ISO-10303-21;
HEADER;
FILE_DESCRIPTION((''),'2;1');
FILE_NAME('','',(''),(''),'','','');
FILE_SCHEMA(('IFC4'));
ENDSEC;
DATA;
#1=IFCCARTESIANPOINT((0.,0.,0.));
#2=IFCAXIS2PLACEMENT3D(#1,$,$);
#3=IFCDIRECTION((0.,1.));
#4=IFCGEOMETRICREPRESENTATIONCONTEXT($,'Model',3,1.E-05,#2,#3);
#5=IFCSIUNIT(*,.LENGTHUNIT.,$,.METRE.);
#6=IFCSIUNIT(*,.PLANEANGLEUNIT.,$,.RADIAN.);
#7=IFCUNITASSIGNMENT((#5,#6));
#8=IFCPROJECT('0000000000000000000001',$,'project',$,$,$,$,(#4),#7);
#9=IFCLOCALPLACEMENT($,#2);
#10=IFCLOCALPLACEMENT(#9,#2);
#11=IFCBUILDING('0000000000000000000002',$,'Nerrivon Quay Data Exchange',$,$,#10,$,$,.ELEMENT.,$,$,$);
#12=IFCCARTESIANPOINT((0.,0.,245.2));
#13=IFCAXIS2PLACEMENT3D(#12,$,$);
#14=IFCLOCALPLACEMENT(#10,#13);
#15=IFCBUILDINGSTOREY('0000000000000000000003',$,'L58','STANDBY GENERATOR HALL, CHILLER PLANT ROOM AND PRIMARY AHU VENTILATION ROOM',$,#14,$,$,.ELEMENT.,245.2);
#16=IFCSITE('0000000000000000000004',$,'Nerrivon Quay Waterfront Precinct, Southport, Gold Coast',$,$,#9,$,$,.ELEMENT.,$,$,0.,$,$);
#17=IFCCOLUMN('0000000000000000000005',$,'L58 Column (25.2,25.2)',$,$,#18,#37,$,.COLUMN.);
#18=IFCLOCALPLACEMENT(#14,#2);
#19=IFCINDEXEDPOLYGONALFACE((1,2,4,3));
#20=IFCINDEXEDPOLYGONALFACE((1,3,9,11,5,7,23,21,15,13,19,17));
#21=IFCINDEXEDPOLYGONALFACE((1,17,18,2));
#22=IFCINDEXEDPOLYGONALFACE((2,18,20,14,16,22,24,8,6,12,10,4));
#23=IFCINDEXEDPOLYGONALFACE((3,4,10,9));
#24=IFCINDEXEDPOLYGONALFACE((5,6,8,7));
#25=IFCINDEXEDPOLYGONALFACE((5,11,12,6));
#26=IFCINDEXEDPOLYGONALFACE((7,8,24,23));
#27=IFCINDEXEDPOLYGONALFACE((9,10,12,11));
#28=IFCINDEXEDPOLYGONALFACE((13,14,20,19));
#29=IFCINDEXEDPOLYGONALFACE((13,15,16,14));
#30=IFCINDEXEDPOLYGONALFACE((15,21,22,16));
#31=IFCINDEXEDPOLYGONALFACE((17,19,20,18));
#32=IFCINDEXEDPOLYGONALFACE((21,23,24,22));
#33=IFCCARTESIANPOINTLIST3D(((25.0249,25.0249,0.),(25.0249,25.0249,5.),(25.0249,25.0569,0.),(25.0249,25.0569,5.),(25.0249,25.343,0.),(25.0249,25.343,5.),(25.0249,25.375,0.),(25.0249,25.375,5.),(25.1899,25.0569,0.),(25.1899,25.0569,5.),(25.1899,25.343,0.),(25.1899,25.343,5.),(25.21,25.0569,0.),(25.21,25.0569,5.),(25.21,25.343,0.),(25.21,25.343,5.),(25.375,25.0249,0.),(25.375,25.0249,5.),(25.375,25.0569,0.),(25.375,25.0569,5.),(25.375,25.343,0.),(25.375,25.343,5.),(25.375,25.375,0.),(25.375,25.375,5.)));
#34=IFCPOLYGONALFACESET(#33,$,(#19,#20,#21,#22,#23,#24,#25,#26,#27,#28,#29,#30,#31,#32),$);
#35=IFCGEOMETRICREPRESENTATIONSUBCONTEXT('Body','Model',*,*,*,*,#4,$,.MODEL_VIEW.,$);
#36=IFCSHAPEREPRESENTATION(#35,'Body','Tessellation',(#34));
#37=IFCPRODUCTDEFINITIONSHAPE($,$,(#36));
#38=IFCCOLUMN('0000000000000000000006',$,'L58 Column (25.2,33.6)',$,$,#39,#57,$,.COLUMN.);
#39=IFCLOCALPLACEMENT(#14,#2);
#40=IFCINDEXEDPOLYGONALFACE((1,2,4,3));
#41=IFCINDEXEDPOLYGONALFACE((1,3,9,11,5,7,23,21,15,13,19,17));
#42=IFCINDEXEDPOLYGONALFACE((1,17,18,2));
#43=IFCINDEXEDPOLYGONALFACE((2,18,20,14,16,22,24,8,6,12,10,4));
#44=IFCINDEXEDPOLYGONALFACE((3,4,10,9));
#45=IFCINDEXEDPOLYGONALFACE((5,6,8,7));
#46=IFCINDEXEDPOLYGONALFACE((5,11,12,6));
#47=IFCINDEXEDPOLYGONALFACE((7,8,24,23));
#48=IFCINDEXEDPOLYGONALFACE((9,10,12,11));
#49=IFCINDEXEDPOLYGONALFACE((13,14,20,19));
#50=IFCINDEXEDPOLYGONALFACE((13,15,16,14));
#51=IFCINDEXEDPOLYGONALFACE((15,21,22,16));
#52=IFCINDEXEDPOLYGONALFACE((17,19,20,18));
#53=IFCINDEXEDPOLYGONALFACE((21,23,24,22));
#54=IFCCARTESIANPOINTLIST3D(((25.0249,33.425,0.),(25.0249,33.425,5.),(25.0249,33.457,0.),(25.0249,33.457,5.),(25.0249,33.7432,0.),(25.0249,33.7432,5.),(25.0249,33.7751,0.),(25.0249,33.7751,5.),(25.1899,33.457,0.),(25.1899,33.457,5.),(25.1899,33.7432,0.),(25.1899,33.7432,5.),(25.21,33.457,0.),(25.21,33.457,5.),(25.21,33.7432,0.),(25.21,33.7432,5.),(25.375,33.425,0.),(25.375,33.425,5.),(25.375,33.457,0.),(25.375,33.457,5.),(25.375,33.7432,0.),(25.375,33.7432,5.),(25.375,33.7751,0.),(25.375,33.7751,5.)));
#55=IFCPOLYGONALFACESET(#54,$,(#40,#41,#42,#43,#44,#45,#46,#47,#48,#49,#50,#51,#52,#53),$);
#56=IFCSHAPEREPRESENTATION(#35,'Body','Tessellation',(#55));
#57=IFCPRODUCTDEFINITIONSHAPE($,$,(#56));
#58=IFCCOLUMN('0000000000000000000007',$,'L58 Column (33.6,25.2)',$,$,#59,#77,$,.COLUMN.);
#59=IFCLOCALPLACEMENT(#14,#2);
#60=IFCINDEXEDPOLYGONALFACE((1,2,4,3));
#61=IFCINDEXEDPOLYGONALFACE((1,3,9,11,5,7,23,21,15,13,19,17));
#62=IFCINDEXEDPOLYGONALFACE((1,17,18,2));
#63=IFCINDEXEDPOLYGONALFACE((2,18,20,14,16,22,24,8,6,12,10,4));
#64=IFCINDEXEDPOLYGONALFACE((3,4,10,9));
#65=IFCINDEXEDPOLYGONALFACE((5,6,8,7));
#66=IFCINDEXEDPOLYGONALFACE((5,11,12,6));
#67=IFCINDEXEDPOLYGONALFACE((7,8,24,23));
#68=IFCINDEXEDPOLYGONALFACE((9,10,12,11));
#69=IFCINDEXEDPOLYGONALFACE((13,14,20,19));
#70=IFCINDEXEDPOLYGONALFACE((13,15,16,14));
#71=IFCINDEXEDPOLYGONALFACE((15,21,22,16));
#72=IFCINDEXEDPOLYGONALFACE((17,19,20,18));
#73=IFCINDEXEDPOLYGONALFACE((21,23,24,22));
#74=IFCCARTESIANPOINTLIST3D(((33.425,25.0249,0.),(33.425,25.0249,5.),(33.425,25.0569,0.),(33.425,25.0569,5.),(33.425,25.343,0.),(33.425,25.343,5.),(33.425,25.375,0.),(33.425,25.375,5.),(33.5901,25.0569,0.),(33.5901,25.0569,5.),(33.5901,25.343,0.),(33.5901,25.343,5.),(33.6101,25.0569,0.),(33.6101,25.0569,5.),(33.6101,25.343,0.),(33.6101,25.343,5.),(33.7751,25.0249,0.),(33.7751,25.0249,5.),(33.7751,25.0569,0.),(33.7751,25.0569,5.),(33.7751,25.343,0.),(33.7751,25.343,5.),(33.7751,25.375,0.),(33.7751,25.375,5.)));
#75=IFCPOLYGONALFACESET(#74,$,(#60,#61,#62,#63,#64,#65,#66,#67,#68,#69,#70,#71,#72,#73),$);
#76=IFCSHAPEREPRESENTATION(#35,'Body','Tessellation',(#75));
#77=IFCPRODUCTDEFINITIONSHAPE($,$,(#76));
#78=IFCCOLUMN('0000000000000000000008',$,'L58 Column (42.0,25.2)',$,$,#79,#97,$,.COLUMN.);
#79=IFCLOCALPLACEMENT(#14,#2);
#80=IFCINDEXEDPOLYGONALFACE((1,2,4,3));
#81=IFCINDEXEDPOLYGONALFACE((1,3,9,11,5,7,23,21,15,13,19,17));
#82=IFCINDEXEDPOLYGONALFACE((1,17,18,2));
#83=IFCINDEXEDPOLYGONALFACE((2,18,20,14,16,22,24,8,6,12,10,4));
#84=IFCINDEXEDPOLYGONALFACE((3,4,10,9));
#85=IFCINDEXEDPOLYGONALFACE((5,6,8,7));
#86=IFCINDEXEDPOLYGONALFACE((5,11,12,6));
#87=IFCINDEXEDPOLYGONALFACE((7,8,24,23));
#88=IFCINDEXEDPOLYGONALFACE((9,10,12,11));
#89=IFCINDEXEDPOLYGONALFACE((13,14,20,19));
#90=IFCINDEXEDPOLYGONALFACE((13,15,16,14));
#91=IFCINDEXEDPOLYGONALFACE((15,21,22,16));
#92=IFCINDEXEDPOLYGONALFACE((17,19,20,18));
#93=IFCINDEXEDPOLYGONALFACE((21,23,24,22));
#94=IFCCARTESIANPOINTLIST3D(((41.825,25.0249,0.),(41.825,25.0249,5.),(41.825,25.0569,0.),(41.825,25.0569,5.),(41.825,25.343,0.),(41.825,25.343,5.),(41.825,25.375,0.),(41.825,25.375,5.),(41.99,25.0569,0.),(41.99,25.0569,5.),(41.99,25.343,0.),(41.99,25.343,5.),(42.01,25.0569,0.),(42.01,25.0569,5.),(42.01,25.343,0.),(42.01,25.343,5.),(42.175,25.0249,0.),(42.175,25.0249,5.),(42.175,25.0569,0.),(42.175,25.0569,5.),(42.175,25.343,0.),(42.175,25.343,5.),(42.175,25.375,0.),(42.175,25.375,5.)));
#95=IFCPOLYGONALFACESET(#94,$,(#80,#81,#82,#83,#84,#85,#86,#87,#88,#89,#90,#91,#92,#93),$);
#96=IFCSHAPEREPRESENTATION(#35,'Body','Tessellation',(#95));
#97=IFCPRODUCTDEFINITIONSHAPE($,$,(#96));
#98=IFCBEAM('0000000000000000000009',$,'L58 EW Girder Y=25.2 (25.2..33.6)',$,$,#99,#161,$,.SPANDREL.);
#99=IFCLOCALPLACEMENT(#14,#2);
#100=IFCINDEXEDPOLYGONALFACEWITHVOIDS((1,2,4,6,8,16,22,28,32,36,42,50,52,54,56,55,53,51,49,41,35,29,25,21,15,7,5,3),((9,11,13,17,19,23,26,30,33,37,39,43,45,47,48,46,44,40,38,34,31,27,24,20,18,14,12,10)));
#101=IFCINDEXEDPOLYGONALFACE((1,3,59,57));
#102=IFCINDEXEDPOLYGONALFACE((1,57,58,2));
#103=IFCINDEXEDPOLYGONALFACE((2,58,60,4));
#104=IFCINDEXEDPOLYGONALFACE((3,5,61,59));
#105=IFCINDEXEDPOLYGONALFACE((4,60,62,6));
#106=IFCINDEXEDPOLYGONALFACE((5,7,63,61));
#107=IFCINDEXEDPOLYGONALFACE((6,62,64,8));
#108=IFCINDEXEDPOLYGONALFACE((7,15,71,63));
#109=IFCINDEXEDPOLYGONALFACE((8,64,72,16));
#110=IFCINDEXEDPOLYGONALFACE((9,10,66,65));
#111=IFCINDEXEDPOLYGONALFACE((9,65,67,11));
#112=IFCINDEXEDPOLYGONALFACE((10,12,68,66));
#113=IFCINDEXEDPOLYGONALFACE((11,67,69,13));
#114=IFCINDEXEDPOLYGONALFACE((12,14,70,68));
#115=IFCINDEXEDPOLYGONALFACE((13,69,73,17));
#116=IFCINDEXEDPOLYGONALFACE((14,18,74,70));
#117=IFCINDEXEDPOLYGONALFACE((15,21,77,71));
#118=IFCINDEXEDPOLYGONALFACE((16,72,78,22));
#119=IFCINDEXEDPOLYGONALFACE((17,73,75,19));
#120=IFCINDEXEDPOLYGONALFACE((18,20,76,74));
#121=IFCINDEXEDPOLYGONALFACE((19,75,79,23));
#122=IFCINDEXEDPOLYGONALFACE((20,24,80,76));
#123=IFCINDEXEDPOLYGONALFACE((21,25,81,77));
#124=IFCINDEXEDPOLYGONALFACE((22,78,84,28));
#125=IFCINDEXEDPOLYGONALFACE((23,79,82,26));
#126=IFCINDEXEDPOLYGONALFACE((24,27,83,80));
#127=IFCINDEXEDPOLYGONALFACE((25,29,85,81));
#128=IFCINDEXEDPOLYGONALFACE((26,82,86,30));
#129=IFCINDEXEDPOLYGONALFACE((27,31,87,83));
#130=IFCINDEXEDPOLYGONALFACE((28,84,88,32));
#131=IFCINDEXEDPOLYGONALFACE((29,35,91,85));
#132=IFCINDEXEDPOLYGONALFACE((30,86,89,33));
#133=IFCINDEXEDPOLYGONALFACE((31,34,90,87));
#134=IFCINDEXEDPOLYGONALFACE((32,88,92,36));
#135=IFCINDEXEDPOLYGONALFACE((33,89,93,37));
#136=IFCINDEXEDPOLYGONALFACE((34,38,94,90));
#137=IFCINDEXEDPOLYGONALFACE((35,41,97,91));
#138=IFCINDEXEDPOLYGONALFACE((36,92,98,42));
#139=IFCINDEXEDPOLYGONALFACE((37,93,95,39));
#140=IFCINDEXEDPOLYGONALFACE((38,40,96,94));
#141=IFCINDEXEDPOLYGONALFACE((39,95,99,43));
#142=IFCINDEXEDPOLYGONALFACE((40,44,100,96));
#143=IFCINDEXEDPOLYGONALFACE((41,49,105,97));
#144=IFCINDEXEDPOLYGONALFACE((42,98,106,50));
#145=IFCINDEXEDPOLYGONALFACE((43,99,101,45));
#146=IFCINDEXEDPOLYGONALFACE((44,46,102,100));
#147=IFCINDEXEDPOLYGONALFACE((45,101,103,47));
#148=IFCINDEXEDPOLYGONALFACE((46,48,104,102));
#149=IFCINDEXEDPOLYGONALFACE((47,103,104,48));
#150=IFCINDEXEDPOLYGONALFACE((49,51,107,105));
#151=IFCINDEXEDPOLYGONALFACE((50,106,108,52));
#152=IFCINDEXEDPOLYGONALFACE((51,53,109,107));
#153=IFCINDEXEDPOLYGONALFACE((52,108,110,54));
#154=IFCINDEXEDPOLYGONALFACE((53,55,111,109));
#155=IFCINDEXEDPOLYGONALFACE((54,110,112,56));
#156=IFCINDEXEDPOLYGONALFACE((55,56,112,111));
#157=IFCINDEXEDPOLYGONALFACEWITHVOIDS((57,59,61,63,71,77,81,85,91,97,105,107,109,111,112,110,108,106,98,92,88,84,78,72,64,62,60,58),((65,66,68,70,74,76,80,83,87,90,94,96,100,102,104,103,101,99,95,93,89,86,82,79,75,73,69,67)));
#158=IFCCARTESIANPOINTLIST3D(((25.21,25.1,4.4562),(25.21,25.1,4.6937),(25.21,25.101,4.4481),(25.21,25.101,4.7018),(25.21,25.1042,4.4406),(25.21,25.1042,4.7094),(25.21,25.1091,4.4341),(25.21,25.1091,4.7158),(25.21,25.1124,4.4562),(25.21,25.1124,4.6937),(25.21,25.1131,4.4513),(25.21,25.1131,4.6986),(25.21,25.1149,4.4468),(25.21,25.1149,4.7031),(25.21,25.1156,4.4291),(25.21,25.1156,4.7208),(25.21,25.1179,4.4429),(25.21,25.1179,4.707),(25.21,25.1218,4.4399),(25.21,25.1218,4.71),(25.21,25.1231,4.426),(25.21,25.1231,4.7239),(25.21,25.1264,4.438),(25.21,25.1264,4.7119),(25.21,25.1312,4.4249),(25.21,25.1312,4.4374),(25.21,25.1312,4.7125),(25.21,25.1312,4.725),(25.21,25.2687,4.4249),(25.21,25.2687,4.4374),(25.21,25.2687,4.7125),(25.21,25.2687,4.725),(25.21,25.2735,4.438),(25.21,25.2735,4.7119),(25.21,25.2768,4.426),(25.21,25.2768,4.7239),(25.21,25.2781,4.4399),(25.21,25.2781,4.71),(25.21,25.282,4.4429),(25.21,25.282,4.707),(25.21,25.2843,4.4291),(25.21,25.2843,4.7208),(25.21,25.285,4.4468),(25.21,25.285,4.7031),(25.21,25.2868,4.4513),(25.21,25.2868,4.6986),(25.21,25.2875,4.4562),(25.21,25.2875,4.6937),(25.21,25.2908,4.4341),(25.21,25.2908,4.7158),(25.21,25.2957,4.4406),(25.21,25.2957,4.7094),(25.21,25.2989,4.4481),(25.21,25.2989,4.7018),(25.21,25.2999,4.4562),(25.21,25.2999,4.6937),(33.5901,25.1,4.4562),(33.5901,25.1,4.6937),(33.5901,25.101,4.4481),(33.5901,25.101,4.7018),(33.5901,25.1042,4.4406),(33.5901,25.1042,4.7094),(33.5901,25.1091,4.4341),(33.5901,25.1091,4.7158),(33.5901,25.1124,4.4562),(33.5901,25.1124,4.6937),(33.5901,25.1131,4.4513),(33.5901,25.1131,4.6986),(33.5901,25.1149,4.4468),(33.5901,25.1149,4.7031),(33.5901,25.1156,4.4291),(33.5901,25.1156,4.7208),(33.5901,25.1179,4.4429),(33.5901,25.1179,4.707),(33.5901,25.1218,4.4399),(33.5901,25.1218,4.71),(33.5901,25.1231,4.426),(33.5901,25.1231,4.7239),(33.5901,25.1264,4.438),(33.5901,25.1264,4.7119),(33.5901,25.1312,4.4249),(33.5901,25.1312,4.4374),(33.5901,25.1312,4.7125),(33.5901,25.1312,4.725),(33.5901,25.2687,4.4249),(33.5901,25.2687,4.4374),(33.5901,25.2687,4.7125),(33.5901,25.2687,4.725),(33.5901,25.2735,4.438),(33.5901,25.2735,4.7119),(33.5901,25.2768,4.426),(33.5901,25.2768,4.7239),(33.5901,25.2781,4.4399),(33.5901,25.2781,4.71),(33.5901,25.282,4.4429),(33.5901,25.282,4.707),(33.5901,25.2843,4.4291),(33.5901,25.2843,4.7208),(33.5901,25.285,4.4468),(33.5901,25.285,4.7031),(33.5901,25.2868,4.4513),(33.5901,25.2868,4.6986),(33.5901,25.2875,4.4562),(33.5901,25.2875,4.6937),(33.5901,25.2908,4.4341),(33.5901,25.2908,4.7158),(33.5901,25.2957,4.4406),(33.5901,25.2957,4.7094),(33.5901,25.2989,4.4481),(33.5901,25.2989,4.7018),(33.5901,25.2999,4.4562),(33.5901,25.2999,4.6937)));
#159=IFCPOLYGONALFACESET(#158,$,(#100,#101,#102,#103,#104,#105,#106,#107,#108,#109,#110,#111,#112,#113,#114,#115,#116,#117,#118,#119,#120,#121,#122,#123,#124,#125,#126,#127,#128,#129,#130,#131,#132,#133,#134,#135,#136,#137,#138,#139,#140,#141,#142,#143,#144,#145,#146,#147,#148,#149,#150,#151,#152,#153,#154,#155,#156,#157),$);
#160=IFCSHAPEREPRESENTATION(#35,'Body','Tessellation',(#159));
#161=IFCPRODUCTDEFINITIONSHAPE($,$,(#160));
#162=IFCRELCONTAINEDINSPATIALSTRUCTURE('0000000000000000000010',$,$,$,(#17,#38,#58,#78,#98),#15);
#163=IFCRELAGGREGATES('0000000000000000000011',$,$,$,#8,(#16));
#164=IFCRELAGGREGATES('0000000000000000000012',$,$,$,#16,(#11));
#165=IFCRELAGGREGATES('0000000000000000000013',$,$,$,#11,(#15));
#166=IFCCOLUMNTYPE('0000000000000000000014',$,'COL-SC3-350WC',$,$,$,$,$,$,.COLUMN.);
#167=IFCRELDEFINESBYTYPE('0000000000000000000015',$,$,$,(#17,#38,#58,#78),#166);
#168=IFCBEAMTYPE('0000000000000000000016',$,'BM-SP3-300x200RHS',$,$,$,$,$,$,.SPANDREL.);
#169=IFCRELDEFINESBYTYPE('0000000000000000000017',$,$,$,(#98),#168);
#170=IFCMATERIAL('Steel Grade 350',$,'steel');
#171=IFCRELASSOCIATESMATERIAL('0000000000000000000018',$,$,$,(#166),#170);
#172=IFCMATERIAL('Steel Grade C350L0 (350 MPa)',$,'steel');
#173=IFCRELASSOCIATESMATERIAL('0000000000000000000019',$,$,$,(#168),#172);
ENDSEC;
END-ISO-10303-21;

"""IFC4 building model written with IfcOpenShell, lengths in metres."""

from ifc_helpers import new_model, si_unit, direction, frame, origin, origin_2d, place, context, subcontext, project, spatial, hollow_rectangle, i_section, extrude, material, material_profile, profile_set, type_object, element, save


model = new_model("IFC4")

# Units and contexts
model_context = context("Model", 3, precision=1e-05, world=origin(), true_north=direction((0.0, 1.0)))
body_context = subcontext(model_context, "Body", "Model", "MODEL_VIEW")
ifc_project = project(units=[si_unit("LENGTHUNIT", "METRE"), si_unit("PLANEANGLEUNIT", "RADIAN")], contexts=[model_context])

# Site, building, storey
site_placement = place(None, origin())
site = spatial("IfcSite", under=ifc_project, at=site_placement, Name="Nerrivon Quay Waterfront Precinct, Southport, Gold Coast", CompositionType="ELEMENT", RefElevation=0.0)
building_placement = place(site_placement, origin())
building = spatial("IfcBuilding", under=site, at=building_placement, Name="Nerrivon Quay Data Exchange", CompositionType="ELEMENT")
storey_placement = place(building_placement, frame((0.0, 0.0, 245.2)))
storey = spatial("IfcBuildingStorey", under=building, at=storey_placement, Name="L58", Description="STANDBY GENERATOR HALL, CHILLER PLANT ROOM AND PRIMARY AHU VENTILATION ROOM", CompositionType="ELEMENT", Elevation=245.2)

# Columns
ifc_material_1 = material(Name="Steel Grade 350", Category="steel")
ifc_material_profile_1 = material_profile(ifc_material_1, i_section(OverallWidth=0.3501, OverallDepth=0.3501, WebThickness=0.02, FlangeThickness=0.032, at=origin_2d()), Name="350WC230")
ifc_profile_set_1 = profile_set([ifc_material_profile_1], Name="Steel Grade 350")
column_type = type_object("IfcColumnType", Name="COL-SC3-350WC", PredefinedType="COLUMN", material=ifc_profile_set_1)
for number, where, z_axis, x_axis, name in (
    (1, (25.2, 25.2, 0.0), (0.0, 0.0, 1.0), (1.0, 0.0, 0.0), "L58 Column (25.2,25.2)"),
    (2, (25.2, 33.6001, 0.0), (0.0, 0.0, 1.0), (1.0, 0.0, 0.0), "L58 Column (25.2,33.6)"),
    (3, (33.6001, 25.2, 0.0), (0.0, 0.0, 1.0), (1.0, 0.0, 0.0), "L58 Column (33.6,25.2)"),
    (4, (42.0, 25.2, 0.0), (0.0, 0.0, 1.0), (1.0, 0.0, 0.0), "L58 Column (42.0,25.2)"),
):
    element("IfcColumn", number, at=place(storey_placement, frame(where, z_axis=z_axis, x_axis=x_axis)), inside=storey, type_object=column_type, Name=name, PredefinedType="COLUMN", context=body_context, shape_type="SweptSolid", body=[
        extrude(i_section(OverallWidth=0.3501, OverallDepth=0.3501, WebThickness=0.02, FlangeThickness=0.032, at=origin_2d()), origin(), (0.0, 0.0, 1.0), 5.0),
    ])

# Beam
ifc_material_2 = material(Name="Steel Grade C350L0 (350 MPa)", Category="steel")
ifc_material_profile_2 = material_profile(ifc_material_2, hollow_rectangle(XDim=0.2, YDim=0.3, WallThickness=0.0125, InnerFilletRadius=0.0188, OuterFilletRadius=0.0312, at=origin_2d()), Name="300x200x12.5RHS")
ifc_profile_set_2 = profile_set([ifc_material_profile_2], Name="Steel Grade C350L0 (350 MPa)")
beam_type = type_object("IfcBeamType", Name="BM-SP3-300x200RHS", PredefinedType="SPANDREL", material=ifc_profile_set_2)
beam_1_placement = place(storey_placement, frame((25.21, 25.2, 4.575), z_axis=(1.0, 0.0, 0.0), x_axis=(0.0, 1.0, 0.0)))
element("IfcBeam", 5, at=beam_1_placement, inside=storey, type_object=beam_type, Name="L58 EW Girder Y=25.2 (25.2..33.6)", PredefinedType="SPANDREL", context=body_context, shape_type="SweptSolid", body=[
    extrude(hollow_rectangle(XDim=0.2, YDim=0.3, WallThickness=0.0125, InnerFilletRadius=0.0188, OuterFilletRadius=0.0312, at=origin_2d()), origin(), (0.0, 0.0, 1.0), 8.3801),
])

save(model, "model.ifc")
